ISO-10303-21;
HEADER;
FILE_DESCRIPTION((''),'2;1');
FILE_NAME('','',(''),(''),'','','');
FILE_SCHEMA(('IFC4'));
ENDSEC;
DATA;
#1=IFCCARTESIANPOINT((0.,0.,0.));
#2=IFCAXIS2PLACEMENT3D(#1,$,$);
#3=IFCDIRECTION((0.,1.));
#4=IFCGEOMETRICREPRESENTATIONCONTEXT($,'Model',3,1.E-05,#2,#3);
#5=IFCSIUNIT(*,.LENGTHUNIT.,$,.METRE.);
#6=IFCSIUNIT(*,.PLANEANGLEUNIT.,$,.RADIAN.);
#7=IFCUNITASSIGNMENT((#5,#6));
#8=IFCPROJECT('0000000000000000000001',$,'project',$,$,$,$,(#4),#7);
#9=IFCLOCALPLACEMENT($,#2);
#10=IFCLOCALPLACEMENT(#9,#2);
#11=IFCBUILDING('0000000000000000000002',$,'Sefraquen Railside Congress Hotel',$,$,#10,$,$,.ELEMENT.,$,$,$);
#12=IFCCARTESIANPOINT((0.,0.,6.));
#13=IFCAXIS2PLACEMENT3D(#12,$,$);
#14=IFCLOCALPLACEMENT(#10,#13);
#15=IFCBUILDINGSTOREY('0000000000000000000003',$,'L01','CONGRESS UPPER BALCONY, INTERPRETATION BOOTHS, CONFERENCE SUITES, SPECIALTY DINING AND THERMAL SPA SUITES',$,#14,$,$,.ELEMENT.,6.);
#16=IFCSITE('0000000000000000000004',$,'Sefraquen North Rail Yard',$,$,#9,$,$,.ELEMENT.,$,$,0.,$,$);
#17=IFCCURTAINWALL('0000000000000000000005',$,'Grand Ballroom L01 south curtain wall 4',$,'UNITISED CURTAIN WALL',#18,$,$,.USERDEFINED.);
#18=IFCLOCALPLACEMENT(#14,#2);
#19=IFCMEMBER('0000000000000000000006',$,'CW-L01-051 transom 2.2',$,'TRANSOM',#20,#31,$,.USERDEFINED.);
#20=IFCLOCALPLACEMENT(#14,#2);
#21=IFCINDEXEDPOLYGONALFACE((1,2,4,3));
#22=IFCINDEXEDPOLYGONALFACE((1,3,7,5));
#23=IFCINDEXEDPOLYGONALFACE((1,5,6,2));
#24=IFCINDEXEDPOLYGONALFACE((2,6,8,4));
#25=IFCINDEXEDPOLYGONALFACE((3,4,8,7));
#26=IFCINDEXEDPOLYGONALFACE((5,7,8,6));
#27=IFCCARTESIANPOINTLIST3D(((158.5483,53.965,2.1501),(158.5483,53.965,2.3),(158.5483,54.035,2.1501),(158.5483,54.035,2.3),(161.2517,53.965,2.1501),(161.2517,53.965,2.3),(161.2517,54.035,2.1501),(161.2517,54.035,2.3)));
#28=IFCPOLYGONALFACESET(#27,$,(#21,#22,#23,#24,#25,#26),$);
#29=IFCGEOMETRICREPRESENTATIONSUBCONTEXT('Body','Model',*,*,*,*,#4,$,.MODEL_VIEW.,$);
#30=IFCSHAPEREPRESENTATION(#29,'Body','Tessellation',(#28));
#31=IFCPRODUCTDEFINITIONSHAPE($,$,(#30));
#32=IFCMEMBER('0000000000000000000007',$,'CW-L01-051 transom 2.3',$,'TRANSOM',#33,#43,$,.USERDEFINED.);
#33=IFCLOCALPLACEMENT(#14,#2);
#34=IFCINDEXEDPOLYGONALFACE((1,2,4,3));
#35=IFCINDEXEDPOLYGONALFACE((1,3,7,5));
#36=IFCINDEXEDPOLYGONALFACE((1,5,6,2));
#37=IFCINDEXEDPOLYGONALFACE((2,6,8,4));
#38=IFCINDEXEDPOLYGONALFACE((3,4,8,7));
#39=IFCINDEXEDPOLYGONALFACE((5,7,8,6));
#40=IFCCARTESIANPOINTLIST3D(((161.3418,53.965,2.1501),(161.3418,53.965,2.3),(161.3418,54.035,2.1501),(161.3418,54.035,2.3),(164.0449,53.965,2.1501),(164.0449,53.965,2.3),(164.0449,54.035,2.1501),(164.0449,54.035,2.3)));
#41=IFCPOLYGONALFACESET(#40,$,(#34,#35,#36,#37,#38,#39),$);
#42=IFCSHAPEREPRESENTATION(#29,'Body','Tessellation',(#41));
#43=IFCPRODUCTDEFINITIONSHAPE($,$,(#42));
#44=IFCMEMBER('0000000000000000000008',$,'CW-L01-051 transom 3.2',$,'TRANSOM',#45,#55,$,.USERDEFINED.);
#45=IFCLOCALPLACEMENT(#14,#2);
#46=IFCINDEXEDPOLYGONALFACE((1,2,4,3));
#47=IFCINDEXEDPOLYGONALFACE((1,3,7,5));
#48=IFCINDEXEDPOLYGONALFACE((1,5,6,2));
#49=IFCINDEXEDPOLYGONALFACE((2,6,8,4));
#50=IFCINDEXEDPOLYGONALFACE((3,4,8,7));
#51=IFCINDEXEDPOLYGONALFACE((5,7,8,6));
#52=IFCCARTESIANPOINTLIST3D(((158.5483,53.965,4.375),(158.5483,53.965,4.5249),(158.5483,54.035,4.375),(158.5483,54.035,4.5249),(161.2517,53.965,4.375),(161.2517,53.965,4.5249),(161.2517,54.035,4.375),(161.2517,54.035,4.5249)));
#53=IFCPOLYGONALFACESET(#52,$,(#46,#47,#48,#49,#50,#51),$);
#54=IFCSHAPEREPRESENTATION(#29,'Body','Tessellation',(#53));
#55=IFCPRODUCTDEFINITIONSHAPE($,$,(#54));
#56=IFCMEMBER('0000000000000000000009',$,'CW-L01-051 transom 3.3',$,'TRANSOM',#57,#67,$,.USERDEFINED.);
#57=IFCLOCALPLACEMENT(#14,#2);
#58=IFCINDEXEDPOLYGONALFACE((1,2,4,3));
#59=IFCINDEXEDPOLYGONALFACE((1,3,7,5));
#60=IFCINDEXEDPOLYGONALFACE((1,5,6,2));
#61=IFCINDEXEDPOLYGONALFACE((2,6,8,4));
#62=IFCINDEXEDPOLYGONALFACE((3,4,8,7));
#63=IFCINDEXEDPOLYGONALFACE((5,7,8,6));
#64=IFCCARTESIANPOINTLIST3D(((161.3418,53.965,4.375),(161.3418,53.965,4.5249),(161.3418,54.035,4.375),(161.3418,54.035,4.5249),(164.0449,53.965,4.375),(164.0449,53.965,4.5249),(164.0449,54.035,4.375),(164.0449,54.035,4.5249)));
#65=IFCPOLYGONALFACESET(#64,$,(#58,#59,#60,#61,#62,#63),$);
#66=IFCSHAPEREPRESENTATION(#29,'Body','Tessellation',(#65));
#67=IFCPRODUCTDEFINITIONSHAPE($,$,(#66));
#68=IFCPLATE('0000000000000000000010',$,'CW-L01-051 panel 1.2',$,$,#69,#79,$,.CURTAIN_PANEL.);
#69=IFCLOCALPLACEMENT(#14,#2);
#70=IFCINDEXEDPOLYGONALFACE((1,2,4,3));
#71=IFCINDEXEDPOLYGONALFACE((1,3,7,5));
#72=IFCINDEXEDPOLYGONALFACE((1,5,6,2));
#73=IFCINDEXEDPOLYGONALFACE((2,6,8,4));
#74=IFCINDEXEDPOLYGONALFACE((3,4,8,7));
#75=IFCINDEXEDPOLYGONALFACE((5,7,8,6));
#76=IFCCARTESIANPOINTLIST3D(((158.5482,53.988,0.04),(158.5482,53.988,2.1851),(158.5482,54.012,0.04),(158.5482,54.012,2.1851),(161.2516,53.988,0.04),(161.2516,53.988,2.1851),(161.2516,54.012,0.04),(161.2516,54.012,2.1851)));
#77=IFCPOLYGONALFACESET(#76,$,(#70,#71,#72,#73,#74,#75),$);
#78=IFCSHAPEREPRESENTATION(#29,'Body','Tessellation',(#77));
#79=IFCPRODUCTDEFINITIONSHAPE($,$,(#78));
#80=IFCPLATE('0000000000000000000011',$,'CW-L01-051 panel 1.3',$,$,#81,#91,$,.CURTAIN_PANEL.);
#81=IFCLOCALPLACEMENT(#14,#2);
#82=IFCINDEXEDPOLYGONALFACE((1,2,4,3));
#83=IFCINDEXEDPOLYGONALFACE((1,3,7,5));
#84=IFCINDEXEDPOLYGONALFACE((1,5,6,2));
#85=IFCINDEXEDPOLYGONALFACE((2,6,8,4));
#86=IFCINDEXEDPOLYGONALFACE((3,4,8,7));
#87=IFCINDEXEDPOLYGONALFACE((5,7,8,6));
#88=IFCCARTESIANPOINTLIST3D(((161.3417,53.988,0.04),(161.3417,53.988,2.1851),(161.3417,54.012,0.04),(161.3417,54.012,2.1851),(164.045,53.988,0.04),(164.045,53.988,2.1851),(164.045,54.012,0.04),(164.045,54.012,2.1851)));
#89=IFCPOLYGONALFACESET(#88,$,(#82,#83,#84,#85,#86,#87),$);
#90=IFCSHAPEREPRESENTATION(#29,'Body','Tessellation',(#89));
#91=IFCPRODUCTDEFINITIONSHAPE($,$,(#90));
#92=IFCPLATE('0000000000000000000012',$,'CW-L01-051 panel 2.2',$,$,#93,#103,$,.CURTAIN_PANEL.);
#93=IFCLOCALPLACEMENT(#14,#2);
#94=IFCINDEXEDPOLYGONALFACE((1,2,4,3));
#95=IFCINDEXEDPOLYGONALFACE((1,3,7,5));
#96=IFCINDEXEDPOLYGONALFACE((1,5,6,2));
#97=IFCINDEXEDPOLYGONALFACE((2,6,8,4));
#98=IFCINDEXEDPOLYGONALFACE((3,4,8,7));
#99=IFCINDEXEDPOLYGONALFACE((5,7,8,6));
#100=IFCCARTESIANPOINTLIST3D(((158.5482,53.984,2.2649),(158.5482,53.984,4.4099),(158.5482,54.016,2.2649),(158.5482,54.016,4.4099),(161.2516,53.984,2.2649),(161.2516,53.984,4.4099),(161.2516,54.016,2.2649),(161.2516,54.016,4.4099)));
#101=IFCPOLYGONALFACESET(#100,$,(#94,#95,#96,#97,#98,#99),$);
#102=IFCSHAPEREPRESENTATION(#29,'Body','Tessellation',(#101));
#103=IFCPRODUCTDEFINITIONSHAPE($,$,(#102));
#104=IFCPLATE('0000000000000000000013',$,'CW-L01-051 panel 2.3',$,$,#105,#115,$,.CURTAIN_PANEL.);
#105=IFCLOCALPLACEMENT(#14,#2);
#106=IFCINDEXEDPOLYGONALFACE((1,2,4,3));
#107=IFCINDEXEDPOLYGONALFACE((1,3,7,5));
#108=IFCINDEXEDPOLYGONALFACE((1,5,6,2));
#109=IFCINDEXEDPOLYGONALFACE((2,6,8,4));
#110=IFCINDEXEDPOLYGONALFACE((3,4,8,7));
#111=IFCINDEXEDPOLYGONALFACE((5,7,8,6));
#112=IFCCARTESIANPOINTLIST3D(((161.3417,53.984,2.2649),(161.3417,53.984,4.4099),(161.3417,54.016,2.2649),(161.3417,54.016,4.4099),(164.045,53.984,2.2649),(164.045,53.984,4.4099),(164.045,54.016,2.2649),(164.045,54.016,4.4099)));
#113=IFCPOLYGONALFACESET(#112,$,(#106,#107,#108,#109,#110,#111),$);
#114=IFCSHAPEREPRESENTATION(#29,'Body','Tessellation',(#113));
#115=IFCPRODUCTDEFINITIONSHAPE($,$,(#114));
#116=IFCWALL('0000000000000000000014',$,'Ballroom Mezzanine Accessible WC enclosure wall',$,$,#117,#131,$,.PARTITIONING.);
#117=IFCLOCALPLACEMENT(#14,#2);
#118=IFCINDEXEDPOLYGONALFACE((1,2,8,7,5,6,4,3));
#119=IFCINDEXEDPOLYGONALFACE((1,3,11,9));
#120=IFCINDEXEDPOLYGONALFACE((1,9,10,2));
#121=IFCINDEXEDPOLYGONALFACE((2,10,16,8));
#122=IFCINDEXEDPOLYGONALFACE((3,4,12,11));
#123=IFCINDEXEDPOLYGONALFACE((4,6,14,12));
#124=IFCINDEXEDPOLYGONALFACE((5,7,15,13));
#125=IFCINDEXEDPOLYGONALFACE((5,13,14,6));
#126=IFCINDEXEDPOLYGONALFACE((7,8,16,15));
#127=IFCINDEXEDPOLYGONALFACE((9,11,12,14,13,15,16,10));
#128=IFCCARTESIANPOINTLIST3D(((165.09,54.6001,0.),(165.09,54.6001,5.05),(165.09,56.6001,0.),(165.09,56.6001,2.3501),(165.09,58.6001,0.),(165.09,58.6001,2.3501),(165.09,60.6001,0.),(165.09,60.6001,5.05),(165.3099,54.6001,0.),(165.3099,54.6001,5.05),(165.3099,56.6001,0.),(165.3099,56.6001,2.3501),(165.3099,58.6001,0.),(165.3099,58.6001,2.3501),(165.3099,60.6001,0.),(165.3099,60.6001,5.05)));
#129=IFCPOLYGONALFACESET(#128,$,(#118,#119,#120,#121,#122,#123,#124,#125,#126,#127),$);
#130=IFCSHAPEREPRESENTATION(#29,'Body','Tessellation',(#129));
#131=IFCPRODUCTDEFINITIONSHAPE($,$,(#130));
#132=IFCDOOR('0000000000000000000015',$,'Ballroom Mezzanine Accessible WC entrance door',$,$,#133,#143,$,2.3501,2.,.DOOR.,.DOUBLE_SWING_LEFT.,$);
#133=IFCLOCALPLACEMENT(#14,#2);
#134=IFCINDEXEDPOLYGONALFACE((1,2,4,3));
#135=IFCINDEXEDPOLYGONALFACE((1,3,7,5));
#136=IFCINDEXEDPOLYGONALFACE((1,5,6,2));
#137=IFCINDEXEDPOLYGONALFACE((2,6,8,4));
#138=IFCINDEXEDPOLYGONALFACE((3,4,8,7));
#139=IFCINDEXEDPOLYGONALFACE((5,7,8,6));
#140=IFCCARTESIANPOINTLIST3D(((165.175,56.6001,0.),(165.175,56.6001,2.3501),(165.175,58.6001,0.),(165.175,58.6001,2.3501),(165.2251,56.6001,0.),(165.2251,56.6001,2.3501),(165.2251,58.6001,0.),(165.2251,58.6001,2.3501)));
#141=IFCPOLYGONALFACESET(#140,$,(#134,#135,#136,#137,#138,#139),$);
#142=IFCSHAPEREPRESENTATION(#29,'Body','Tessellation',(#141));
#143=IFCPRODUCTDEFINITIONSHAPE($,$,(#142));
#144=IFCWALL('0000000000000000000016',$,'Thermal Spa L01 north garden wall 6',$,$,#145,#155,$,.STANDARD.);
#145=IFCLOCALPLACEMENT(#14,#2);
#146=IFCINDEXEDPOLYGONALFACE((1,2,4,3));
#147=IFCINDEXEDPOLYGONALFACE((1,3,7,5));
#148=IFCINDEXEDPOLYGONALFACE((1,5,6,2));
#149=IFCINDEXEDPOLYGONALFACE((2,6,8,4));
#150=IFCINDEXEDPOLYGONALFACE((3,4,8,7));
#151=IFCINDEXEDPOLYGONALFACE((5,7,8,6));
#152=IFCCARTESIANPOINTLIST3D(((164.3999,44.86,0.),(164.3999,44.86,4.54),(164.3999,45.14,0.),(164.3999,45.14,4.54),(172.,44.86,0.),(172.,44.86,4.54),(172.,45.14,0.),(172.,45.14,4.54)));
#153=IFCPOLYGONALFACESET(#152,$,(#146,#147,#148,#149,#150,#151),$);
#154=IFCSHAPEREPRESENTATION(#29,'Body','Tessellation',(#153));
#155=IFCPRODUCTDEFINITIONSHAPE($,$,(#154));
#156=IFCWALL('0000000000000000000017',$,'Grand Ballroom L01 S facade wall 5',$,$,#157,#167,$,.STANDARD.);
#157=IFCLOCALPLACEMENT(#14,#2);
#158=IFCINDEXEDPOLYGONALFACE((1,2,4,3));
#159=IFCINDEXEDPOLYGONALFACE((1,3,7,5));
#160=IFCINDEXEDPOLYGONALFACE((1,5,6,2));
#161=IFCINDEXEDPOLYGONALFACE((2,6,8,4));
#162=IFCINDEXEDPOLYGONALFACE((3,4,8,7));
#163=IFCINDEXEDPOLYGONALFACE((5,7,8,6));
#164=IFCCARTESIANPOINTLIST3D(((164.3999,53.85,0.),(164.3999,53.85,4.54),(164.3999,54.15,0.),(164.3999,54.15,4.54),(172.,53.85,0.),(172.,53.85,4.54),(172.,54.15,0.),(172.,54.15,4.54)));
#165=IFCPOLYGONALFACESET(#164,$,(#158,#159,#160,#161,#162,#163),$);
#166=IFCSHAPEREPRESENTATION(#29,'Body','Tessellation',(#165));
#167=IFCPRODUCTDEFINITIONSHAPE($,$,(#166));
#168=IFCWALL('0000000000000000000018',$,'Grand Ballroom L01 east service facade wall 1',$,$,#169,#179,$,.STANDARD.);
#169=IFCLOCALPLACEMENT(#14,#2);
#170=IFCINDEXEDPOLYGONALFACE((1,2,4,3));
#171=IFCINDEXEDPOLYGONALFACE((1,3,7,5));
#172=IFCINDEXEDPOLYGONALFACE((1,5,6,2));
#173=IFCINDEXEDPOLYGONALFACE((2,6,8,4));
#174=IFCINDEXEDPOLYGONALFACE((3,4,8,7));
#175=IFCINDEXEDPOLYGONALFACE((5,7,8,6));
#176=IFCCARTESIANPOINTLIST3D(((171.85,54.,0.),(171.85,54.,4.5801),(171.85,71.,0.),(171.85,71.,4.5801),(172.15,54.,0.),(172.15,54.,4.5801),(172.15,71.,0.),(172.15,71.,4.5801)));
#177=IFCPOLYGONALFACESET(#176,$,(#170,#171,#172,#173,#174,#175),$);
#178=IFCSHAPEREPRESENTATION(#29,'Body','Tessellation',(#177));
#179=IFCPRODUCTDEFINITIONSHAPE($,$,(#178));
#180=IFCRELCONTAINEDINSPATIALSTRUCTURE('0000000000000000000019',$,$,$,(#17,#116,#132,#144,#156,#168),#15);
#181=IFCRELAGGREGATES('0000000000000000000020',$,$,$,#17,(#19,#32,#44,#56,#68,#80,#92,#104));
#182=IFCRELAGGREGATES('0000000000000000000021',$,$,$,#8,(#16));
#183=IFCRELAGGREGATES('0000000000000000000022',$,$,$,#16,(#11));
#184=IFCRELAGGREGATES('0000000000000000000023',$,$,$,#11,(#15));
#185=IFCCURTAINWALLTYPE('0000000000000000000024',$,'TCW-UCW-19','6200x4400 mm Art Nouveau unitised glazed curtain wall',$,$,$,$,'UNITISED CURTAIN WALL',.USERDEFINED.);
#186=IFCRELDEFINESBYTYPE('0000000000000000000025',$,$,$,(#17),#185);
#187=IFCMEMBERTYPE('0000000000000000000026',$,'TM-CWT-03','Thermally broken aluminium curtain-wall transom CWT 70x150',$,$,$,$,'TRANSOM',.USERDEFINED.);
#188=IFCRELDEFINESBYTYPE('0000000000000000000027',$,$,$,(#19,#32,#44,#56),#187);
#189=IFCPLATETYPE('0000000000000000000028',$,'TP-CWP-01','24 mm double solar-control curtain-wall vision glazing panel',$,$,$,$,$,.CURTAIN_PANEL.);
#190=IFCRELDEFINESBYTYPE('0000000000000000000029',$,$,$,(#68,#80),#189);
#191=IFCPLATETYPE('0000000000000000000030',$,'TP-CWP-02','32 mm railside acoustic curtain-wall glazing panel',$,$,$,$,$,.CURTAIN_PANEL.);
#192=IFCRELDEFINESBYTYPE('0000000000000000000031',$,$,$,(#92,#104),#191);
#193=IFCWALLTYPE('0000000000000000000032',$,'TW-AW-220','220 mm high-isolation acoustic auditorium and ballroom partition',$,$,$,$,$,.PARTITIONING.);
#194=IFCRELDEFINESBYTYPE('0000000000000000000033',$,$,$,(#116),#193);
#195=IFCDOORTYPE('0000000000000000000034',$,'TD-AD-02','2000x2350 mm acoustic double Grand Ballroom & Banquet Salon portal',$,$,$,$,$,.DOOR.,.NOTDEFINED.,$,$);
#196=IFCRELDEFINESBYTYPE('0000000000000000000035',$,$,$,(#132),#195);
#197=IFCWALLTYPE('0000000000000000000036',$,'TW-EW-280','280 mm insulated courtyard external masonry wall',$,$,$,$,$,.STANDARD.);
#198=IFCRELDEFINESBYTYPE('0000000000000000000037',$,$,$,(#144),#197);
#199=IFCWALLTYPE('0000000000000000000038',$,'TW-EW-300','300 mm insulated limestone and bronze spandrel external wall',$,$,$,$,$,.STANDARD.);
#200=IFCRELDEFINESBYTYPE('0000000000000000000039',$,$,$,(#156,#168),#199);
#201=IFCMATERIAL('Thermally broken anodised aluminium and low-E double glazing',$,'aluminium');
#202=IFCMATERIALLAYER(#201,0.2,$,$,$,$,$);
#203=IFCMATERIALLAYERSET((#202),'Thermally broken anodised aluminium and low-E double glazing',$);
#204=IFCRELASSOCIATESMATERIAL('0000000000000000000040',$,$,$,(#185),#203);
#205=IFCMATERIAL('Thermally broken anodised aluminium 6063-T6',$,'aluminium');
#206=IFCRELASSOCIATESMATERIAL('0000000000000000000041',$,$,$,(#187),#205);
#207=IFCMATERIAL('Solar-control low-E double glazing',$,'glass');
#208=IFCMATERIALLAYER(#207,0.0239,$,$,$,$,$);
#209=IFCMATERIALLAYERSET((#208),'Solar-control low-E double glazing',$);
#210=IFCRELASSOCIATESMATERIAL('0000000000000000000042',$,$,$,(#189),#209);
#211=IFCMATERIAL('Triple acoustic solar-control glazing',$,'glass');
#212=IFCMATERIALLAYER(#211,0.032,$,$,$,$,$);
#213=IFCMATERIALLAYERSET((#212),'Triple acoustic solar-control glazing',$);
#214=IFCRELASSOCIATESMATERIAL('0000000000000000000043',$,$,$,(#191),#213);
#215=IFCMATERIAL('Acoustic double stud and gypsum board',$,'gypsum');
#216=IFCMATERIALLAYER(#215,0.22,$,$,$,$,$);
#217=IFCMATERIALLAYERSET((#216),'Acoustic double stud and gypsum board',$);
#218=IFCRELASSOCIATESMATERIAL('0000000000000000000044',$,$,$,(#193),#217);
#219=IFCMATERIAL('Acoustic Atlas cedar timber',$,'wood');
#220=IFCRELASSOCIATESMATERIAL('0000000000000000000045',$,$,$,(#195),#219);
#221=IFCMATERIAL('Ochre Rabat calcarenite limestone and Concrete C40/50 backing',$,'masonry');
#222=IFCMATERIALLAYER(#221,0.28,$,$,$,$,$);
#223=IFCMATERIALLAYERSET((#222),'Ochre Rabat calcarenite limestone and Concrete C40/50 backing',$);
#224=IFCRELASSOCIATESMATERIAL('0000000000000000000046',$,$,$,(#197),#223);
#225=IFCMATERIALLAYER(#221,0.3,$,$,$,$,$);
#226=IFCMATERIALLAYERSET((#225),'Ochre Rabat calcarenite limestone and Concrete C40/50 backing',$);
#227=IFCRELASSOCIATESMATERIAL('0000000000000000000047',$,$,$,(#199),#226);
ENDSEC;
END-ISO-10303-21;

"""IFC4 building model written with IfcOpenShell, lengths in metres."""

from ifc_helpers import new_model, si_unit, direction, frame, frame_2d, origin, origin_2d, place, context, subcontext, project, spatial, rectangle, extrude, material, layer, layer_set, material_profile, profile_set, type_object, element, fill, aggregate, save


model = new_model("IFC4")

# Units and contexts
model_context = context("Model", 3, precision=1e-05, world=origin(), true_north=direction((0.0, 1.0)))
body_context = subcontext(model_context, "Body", "Model", "MODEL_VIEW")
ifc_project = project(units=[si_unit("LENGTHUNIT", "METRE"), si_unit("PLANEANGLEUNIT", "RADIAN")], contexts=[model_context])

# Site, building, storey
site_placement = place(None, origin())
site = spatial("IfcSite", under=ifc_project, at=site_placement, Name="Sefraquen North Rail Yard", CompositionType="ELEMENT", RefElevation=0.0)
building_placement = place(site_placement, origin())
building = spatial("IfcBuilding", under=site, at=building_placement, Name="Sefraquen Railside Congress Hotel", CompositionType="ELEMENT")
storey_placement = place(building_placement, frame((0.0, 0.0, 6.0)))
storey = spatial("IfcBuildingStorey", under=building, at=storey_placement, Name="L01", Description="CONGRESS UPPER BALCONY, INTERPRETATION BOOTHS, CONFERENCE SUITES, SPECIALTY DINING AND THERMAL SPA SUITES", CompositionType="ELEMENT", Elevation=6.0)

# Curtain wall, members, plates
ifc_material_1 = material(Name="Thermally broken anodised aluminium and low-E double glazing", Category="aluminium")
ifc_layer_1 = layer(ifc_material_1, 0.2)
ifc_layer_set_1 = layer_set([ifc_layer_1], Name="Thermally broken anodised aluminium and low-E double glazing")
curtain_wall_type = type_object("IfcCurtainWallType", Name="TCW-UCW-19", Description="6200x4400 mm Art Nouveau unitised glazed curtain wall", ElementType="UNITISED CURTAIN WALL", PredefinedType="USERDEFINED", material=ifc_layer_set_1)
curtain_wall_placement = place(storey_placement, origin())
curtain_wall = element("IfcCurtainWall", 1, at=curtain_wall_placement, inside=storey, type_object=curtain_wall_type, Name="Grand Ballroom L01 south curtain wall 4", ObjectType="UNITISED CURTAIN WALL", PredefinedType="USERDEFINED")
ifc_material_2 = material(Name="Thermally broken anodised aluminium 6063-T6", Category="aluminium")
ifc_material_profile_1 = material_profile(ifc_material_2, rectangle(XDim=0.0701, YDim=0.1499, at=origin_2d()), Name="CWT 70x150")
ifc_profile_set_1 = profile_set([ifc_material_profile_1], Name="Thermally broken anodised aluminium 6063-T6")
member_type_1 = type_object("IfcMemberType", Name="TM-CWT-03", Description="Thermally broken aluminium curtain-wall transom CWT 70x150", ElementType="TRANSOM", PredefinedType="USERDEFINED", material=ifc_profile_set_1)
member_1_placement = place(storey_placement, frame((158.5483, 54.0, 2.2251), z_axis=(1.0, 0.0, 0.0), x_axis=(0.0, 1.0, 0.0)))
member_1 = element("IfcMember", 2, at=member_1_placement, type_object=member_type_1, Name="CW-L01-051 transom 2.2", ObjectType="TRANSOM", PredefinedType="USERDEFINED", context=body_context, shape_type="SweptSolid", body=[
    extrude(rectangle(XDim=0.0701, YDim=0.1499, at=origin_2d()), origin(), (0.0, 0.0, 1.0), 2.7034),
])
member_2_placement = place(storey_placement, frame((161.3418, 54.0, 2.2251), z_axis=(1.0, 0.0, 0.0), x_axis=(0.0, 1.0, 0.0)))
member_2 = element("IfcMember", 3, at=member_2_placement, type_object=member_type_1, Name="CW-L01-051 transom 2.3", ObjectType="TRANSOM", PredefinedType="USERDEFINED", context=body_context, shape_type="SweptSolid", body=[
    extrude(rectangle(XDim=0.0701, YDim=0.1499, at=origin_2d()), origin(), (0.0, 0.0, 1.0), 2.7031),
])
member_3_placement = place(storey_placement, frame((158.5483, 54.0, 4.45), z_axis=(1.0, 0.0, 0.0), x_axis=(0.0, 1.0, 0.0)))
member_3 = element("IfcMember", 4, at=member_3_placement, type_object=member_type_1, Name="CW-L01-051 transom 3.2", ObjectType="TRANSOM", PredefinedType="USERDEFINED", context=body_context, shape_type="SweptSolid", body=[
    extrude(rectangle(XDim=0.0701, YDim=0.1499, at=origin_2d()), origin(), (0.0, 0.0, 1.0), 2.7034),
])
member_4_placement = place(storey_placement, frame((161.3418, 54.0, 4.45), z_axis=(1.0, 0.0, 0.0), x_axis=(0.0, 1.0, 0.0)))
member_4 = element("IfcMember", 5, at=member_4_placement, type_object=member_type_1, Name="CW-L01-051 transom 3.3", ObjectType="TRANSOM", PredefinedType="USERDEFINED", context=body_context, shape_type="SweptSolid", body=[
    extrude(rectangle(XDim=0.0701, YDim=0.1499, at=origin_2d()), origin(), (0.0, 0.0, 1.0), 2.7031),
])
ifc_material_3 = material(Name="Solar-control low-E double glazing", Category="glass")
ifc_layer_2 = layer(ifc_material_3, 0.0239)
ifc_layer_set_2 = layer_set([ifc_layer_2], Name="Solar-control low-E double glazing")
plate_type_1 = type_object("IfcPlateType", Name="TP-CWP-01", Description="24 mm double solar-control curtain-wall vision glazing panel", PredefinedType="CURTAIN_PANEL", material=ifc_layer_set_2)
plate_1_placement = place(storey_placement, frame((159.8999, 54.0, 0.04), z_axis=(0.0, 0.0, 1.0), x_axis=(1.0, 0.0, 0.0)))
plate_1 = element("IfcPlate", 6, at=plate_1_placement, type_object=plate_type_1, Name="CW-L01-051 panel 1.2", PredefinedType="CURTAIN_PANEL", context=body_context, shape_type="SweptSolid", body=[
    extrude(rectangle(XDim=2.7034, YDim=0.0239, at=origin_2d()), origin(), (0.0, 0.0, 1.0), 2.145),
])
plate_2_placement = place(storey_placement, frame((162.6934, 54.0, 0.04), z_axis=(0.0, 0.0, 1.0), x_axis=(1.0, 0.0, 0.0)))
plate_2 = element("IfcPlate", 7, at=plate_2_placement, type_object=plate_type_1, Name="CW-L01-051 panel 1.3", PredefinedType="CURTAIN_PANEL", context=body_context, shape_type="SweptSolid", body=[
    extrude(rectangle(XDim=2.7034, YDim=0.0239, at=origin_2d()), origin(), (0.0, 0.0, 1.0), 2.145),
])
ifc_material_4 = material(Name="Triple acoustic solar-control glazing", Category="glass")
ifc_layer_3 = layer(ifc_material_4, 0.032)
ifc_layer_set_3 = layer_set([ifc_layer_3], Name="Triple acoustic solar-control glazing")
plate_type_2 = type_object("IfcPlateType", Name="TP-CWP-02", Description="32 mm railside acoustic curtain-wall glazing panel", PredefinedType="CURTAIN_PANEL", material=ifc_layer_set_3)
plate_3_placement = place(storey_placement, frame((159.8999, 54.0, 2.2649), z_axis=(0.0, 0.0, 1.0), x_axis=(1.0, 0.0, 0.0)))
plate_3 = element("IfcPlate", 8, at=plate_3_placement, type_object=plate_type_2, Name="CW-L01-051 panel 2.2", PredefinedType="CURTAIN_PANEL", context=body_context, shape_type="SweptSolid", body=[
    extrude(rectangle(XDim=2.7034, YDim=0.032, at=origin_2d()), origin(), (0.0, 0.0, 1.0), 2.145),
])
plate_4_placement = place(storey_placement, frame((162.6934, 54.0, 2.2649), z_axis=(0.0, 0.0, 1.0), x_axis=(1.0, 0.0, 0.0)))
plate_4 = element("IfcPlate", 9, at=plate_4_placement, type_object=plate_type_2, Name="CW-L01-051 panel 2.3", PredefinedType="CURTAIN_PANEL", context=body_context, shape_type="SweptSolid", body=[
    extrude(rectangle(XDim=2.7034, YDim=0.032, at=origin_2d()), origin(), (0.0, 0.0, 1.0), 2.145),
])
aggregate(curtain_wall, [member_1, member_2, member_3, member_4, plate_1, plate_2, plate_3, plate_4])

# Wall, opening, door
ifc_material_5 = material(Name="Acoustic double stud and gypsum board", Category="gypsum")
ifc_layer_4 = layer(ifc_material_5, 0.22)
ifc_layer_set_4 = layer_set([ifc_layer_4], Name="Acoustic double stud and gypsum board")
wall_type_1 = type_object("IfcWallType", Name="TW-AW-220", Description="220 mm high-isolation acoustic auditorium and ballroom partition", PredefinedType="PARTITIONING", material=ifc_layer_set_4)
wall_1_placement = place(storey_placement, frame((165.2, 54.6001, 0.0), z_axis=(0.0, 0.0, 1.0), x_axis=(0.0, 1.0, 0.0)))
wall_1 = element("IfcWall", 10, at=wall_1_placement, inside=storey, type_object=wall_type_1, Name="Ballroom Mezzanine Accessible WC enclosure wall", PredefinedType="PARTITIONING", context=body_context, shape_type="SweptSolid", body=[
    extrude(rectangle(XDim=6.0, YDim=0.22, at=frame_2d((3.0, 0.0))), origin(), (0.0, 0.0, 1.0), 5.05),
])
opening_placement = place(wall_1_placement, frame((2.0, 0.0, 0.0)))
opening = element("IfcOpeningElement", 11, at=opening_placement, cuts=wall_1, PredefinedType="OPENING", context=body_context, shape_type="SweptSolid", body=[
    extrude(rectangle(XDim=2.0, YDim=2.3501, at=frame_2d((1.0, 1.175))), frame((0.0, 0.1199, 0.0), z_axis=(0.0, -1.0, 0.0), x_axis=(1.0, 0.0, 0.0)), (0.0, 0.0, 1.0), 0.24),
])
ifc_material_6 = material(Name="Acoustic Atlas cedar timber", Category="wood")
door_type = type_object("IfcDoorType", Name="TD-AD-02", Description="2000x2350 mm acoustic double Grand Ballroom & Banquet Salon portal", OperationType="NOTDEFINED", PredefinedType="DOOR", material=ifc_material_6)
door_placement = place(opening_placement, origin())
door = element("IfcDoor", 12, at=door_placement, inside=storey, type_object=door_type, Name="Ballroom Mezzanine Accessible WC entrance door", OperationType="DOUBLE_SWING_LEFT", OverallHeight=2.3501, OverallWidth=2.0, PredefinedType="DOOR", context=body_context, shape_type="SweptSolid", body=[
    extrude(rectangle(XDim=2.0, YDim=2.3501, at=frame_2d((1.0, 1.175))), frame((0.0, 0.0249, 0.0), z_axis=(0.0, -1.0, 0.0), x_axis=(1.0, 0.0, 0.0)), (0.0, 0.0, 1.0), 0.05),
])
fill(opening, door)

# Walls
ifc_material_7 = material(Name="Ochre Rabat calcarenite limestone and Concrete C40/50 backing", Category="masonry")
ifc_layer_5 = layer(ifc_material_7, 0.28)
ifc_layer_set_5 = layer_set([ifc_layer_5], Name="Ochre Rabat calcarenite limestone and Concrete C40/50 backing")
wall_type_2 = type_object("IfcWallType", Name="TW-EW-280", Description="280 mm insulated courtyard external masonry wall", PredefinedType="STANDARD", material=ifc_layer_set_5)
wall_2_placement = place(storey_placement, frame((164.3999, 45.0, 0.0), z_axis=(0.0, 0.0, 1.0), x_axis=(1.0, 0.0, 0.0)))
element("IfcWall", 13, at=wall_2_placement, inside=storey, type_object=wall_type_2, Name="Thermal Spa L01 north garden wall 6", PredefinedType="STANDARD", context=body_context, shape_type="SweptSolid", body=[
    extrude(rectangle(XDim=7.6001, YDim=0.28, at=frame_2d((3.8, 0.0))), origin(), (0.0, 0.0, 1.0), 4.54),
])
ifc_layer_6 = layer(ifc_material_7, 0.3)
ifc_layer_set_6 = layer_set([ifc_layer_6], Name="Ochre Rabat calcarenite limestone and Concrete C40/50 backing")
wall_type_3 = type_object("IfcWallType", Name="TW-EW-300", Description="300 mm insulated limestone and bronze spandrel external wall", PredefinedType="STANDARD", material=ifc_layer_set_6)
wall_3_placement = place(storey_placement, frame((164.3999, 54.0, 0.0), z_axis=(0.0, 0.0, 1.0), x_axis=(1.0, 0.0, 0.0)))
element("IfcWall", 14, at=wall_3_placement, inside=storey, type_object=wall_type_3, Name="Grand Ballroom L01 S facade wall 5", PredefinedType="STANDARD", context=body_context, shape_type="SweptSolid", body=[
    extrude(rectangle(XDim=7.6001, YDim=0.3, at=frame_2d((3.8, 0.0))), origin(), (0.0, 0.0, 1.0), 4.54),
])
wall_4_placement = place(storey_placement, frame((172.0, 54.0, 0.0), z_axis=(0.0, 0.0, 1.0), x_axis=(0.0, 1.0, 0.0)))
element("IfcWall", 15, at=wall_4_placement, inside=storey, type_object=wall_type_3, Name="Grand Ballroom L01 east service facade wall 1", PredefinedType="STANDARD", context=body_context, shape_type="SweptSolid", body=[
    extrude(rectangle(XDim=17.0, YDim=0.3, at=frame_2d((8.5, 0.0))), origin(), (0.0, 0.0, 1.0), 4.5801),
])

save(model, "model.ifc")
